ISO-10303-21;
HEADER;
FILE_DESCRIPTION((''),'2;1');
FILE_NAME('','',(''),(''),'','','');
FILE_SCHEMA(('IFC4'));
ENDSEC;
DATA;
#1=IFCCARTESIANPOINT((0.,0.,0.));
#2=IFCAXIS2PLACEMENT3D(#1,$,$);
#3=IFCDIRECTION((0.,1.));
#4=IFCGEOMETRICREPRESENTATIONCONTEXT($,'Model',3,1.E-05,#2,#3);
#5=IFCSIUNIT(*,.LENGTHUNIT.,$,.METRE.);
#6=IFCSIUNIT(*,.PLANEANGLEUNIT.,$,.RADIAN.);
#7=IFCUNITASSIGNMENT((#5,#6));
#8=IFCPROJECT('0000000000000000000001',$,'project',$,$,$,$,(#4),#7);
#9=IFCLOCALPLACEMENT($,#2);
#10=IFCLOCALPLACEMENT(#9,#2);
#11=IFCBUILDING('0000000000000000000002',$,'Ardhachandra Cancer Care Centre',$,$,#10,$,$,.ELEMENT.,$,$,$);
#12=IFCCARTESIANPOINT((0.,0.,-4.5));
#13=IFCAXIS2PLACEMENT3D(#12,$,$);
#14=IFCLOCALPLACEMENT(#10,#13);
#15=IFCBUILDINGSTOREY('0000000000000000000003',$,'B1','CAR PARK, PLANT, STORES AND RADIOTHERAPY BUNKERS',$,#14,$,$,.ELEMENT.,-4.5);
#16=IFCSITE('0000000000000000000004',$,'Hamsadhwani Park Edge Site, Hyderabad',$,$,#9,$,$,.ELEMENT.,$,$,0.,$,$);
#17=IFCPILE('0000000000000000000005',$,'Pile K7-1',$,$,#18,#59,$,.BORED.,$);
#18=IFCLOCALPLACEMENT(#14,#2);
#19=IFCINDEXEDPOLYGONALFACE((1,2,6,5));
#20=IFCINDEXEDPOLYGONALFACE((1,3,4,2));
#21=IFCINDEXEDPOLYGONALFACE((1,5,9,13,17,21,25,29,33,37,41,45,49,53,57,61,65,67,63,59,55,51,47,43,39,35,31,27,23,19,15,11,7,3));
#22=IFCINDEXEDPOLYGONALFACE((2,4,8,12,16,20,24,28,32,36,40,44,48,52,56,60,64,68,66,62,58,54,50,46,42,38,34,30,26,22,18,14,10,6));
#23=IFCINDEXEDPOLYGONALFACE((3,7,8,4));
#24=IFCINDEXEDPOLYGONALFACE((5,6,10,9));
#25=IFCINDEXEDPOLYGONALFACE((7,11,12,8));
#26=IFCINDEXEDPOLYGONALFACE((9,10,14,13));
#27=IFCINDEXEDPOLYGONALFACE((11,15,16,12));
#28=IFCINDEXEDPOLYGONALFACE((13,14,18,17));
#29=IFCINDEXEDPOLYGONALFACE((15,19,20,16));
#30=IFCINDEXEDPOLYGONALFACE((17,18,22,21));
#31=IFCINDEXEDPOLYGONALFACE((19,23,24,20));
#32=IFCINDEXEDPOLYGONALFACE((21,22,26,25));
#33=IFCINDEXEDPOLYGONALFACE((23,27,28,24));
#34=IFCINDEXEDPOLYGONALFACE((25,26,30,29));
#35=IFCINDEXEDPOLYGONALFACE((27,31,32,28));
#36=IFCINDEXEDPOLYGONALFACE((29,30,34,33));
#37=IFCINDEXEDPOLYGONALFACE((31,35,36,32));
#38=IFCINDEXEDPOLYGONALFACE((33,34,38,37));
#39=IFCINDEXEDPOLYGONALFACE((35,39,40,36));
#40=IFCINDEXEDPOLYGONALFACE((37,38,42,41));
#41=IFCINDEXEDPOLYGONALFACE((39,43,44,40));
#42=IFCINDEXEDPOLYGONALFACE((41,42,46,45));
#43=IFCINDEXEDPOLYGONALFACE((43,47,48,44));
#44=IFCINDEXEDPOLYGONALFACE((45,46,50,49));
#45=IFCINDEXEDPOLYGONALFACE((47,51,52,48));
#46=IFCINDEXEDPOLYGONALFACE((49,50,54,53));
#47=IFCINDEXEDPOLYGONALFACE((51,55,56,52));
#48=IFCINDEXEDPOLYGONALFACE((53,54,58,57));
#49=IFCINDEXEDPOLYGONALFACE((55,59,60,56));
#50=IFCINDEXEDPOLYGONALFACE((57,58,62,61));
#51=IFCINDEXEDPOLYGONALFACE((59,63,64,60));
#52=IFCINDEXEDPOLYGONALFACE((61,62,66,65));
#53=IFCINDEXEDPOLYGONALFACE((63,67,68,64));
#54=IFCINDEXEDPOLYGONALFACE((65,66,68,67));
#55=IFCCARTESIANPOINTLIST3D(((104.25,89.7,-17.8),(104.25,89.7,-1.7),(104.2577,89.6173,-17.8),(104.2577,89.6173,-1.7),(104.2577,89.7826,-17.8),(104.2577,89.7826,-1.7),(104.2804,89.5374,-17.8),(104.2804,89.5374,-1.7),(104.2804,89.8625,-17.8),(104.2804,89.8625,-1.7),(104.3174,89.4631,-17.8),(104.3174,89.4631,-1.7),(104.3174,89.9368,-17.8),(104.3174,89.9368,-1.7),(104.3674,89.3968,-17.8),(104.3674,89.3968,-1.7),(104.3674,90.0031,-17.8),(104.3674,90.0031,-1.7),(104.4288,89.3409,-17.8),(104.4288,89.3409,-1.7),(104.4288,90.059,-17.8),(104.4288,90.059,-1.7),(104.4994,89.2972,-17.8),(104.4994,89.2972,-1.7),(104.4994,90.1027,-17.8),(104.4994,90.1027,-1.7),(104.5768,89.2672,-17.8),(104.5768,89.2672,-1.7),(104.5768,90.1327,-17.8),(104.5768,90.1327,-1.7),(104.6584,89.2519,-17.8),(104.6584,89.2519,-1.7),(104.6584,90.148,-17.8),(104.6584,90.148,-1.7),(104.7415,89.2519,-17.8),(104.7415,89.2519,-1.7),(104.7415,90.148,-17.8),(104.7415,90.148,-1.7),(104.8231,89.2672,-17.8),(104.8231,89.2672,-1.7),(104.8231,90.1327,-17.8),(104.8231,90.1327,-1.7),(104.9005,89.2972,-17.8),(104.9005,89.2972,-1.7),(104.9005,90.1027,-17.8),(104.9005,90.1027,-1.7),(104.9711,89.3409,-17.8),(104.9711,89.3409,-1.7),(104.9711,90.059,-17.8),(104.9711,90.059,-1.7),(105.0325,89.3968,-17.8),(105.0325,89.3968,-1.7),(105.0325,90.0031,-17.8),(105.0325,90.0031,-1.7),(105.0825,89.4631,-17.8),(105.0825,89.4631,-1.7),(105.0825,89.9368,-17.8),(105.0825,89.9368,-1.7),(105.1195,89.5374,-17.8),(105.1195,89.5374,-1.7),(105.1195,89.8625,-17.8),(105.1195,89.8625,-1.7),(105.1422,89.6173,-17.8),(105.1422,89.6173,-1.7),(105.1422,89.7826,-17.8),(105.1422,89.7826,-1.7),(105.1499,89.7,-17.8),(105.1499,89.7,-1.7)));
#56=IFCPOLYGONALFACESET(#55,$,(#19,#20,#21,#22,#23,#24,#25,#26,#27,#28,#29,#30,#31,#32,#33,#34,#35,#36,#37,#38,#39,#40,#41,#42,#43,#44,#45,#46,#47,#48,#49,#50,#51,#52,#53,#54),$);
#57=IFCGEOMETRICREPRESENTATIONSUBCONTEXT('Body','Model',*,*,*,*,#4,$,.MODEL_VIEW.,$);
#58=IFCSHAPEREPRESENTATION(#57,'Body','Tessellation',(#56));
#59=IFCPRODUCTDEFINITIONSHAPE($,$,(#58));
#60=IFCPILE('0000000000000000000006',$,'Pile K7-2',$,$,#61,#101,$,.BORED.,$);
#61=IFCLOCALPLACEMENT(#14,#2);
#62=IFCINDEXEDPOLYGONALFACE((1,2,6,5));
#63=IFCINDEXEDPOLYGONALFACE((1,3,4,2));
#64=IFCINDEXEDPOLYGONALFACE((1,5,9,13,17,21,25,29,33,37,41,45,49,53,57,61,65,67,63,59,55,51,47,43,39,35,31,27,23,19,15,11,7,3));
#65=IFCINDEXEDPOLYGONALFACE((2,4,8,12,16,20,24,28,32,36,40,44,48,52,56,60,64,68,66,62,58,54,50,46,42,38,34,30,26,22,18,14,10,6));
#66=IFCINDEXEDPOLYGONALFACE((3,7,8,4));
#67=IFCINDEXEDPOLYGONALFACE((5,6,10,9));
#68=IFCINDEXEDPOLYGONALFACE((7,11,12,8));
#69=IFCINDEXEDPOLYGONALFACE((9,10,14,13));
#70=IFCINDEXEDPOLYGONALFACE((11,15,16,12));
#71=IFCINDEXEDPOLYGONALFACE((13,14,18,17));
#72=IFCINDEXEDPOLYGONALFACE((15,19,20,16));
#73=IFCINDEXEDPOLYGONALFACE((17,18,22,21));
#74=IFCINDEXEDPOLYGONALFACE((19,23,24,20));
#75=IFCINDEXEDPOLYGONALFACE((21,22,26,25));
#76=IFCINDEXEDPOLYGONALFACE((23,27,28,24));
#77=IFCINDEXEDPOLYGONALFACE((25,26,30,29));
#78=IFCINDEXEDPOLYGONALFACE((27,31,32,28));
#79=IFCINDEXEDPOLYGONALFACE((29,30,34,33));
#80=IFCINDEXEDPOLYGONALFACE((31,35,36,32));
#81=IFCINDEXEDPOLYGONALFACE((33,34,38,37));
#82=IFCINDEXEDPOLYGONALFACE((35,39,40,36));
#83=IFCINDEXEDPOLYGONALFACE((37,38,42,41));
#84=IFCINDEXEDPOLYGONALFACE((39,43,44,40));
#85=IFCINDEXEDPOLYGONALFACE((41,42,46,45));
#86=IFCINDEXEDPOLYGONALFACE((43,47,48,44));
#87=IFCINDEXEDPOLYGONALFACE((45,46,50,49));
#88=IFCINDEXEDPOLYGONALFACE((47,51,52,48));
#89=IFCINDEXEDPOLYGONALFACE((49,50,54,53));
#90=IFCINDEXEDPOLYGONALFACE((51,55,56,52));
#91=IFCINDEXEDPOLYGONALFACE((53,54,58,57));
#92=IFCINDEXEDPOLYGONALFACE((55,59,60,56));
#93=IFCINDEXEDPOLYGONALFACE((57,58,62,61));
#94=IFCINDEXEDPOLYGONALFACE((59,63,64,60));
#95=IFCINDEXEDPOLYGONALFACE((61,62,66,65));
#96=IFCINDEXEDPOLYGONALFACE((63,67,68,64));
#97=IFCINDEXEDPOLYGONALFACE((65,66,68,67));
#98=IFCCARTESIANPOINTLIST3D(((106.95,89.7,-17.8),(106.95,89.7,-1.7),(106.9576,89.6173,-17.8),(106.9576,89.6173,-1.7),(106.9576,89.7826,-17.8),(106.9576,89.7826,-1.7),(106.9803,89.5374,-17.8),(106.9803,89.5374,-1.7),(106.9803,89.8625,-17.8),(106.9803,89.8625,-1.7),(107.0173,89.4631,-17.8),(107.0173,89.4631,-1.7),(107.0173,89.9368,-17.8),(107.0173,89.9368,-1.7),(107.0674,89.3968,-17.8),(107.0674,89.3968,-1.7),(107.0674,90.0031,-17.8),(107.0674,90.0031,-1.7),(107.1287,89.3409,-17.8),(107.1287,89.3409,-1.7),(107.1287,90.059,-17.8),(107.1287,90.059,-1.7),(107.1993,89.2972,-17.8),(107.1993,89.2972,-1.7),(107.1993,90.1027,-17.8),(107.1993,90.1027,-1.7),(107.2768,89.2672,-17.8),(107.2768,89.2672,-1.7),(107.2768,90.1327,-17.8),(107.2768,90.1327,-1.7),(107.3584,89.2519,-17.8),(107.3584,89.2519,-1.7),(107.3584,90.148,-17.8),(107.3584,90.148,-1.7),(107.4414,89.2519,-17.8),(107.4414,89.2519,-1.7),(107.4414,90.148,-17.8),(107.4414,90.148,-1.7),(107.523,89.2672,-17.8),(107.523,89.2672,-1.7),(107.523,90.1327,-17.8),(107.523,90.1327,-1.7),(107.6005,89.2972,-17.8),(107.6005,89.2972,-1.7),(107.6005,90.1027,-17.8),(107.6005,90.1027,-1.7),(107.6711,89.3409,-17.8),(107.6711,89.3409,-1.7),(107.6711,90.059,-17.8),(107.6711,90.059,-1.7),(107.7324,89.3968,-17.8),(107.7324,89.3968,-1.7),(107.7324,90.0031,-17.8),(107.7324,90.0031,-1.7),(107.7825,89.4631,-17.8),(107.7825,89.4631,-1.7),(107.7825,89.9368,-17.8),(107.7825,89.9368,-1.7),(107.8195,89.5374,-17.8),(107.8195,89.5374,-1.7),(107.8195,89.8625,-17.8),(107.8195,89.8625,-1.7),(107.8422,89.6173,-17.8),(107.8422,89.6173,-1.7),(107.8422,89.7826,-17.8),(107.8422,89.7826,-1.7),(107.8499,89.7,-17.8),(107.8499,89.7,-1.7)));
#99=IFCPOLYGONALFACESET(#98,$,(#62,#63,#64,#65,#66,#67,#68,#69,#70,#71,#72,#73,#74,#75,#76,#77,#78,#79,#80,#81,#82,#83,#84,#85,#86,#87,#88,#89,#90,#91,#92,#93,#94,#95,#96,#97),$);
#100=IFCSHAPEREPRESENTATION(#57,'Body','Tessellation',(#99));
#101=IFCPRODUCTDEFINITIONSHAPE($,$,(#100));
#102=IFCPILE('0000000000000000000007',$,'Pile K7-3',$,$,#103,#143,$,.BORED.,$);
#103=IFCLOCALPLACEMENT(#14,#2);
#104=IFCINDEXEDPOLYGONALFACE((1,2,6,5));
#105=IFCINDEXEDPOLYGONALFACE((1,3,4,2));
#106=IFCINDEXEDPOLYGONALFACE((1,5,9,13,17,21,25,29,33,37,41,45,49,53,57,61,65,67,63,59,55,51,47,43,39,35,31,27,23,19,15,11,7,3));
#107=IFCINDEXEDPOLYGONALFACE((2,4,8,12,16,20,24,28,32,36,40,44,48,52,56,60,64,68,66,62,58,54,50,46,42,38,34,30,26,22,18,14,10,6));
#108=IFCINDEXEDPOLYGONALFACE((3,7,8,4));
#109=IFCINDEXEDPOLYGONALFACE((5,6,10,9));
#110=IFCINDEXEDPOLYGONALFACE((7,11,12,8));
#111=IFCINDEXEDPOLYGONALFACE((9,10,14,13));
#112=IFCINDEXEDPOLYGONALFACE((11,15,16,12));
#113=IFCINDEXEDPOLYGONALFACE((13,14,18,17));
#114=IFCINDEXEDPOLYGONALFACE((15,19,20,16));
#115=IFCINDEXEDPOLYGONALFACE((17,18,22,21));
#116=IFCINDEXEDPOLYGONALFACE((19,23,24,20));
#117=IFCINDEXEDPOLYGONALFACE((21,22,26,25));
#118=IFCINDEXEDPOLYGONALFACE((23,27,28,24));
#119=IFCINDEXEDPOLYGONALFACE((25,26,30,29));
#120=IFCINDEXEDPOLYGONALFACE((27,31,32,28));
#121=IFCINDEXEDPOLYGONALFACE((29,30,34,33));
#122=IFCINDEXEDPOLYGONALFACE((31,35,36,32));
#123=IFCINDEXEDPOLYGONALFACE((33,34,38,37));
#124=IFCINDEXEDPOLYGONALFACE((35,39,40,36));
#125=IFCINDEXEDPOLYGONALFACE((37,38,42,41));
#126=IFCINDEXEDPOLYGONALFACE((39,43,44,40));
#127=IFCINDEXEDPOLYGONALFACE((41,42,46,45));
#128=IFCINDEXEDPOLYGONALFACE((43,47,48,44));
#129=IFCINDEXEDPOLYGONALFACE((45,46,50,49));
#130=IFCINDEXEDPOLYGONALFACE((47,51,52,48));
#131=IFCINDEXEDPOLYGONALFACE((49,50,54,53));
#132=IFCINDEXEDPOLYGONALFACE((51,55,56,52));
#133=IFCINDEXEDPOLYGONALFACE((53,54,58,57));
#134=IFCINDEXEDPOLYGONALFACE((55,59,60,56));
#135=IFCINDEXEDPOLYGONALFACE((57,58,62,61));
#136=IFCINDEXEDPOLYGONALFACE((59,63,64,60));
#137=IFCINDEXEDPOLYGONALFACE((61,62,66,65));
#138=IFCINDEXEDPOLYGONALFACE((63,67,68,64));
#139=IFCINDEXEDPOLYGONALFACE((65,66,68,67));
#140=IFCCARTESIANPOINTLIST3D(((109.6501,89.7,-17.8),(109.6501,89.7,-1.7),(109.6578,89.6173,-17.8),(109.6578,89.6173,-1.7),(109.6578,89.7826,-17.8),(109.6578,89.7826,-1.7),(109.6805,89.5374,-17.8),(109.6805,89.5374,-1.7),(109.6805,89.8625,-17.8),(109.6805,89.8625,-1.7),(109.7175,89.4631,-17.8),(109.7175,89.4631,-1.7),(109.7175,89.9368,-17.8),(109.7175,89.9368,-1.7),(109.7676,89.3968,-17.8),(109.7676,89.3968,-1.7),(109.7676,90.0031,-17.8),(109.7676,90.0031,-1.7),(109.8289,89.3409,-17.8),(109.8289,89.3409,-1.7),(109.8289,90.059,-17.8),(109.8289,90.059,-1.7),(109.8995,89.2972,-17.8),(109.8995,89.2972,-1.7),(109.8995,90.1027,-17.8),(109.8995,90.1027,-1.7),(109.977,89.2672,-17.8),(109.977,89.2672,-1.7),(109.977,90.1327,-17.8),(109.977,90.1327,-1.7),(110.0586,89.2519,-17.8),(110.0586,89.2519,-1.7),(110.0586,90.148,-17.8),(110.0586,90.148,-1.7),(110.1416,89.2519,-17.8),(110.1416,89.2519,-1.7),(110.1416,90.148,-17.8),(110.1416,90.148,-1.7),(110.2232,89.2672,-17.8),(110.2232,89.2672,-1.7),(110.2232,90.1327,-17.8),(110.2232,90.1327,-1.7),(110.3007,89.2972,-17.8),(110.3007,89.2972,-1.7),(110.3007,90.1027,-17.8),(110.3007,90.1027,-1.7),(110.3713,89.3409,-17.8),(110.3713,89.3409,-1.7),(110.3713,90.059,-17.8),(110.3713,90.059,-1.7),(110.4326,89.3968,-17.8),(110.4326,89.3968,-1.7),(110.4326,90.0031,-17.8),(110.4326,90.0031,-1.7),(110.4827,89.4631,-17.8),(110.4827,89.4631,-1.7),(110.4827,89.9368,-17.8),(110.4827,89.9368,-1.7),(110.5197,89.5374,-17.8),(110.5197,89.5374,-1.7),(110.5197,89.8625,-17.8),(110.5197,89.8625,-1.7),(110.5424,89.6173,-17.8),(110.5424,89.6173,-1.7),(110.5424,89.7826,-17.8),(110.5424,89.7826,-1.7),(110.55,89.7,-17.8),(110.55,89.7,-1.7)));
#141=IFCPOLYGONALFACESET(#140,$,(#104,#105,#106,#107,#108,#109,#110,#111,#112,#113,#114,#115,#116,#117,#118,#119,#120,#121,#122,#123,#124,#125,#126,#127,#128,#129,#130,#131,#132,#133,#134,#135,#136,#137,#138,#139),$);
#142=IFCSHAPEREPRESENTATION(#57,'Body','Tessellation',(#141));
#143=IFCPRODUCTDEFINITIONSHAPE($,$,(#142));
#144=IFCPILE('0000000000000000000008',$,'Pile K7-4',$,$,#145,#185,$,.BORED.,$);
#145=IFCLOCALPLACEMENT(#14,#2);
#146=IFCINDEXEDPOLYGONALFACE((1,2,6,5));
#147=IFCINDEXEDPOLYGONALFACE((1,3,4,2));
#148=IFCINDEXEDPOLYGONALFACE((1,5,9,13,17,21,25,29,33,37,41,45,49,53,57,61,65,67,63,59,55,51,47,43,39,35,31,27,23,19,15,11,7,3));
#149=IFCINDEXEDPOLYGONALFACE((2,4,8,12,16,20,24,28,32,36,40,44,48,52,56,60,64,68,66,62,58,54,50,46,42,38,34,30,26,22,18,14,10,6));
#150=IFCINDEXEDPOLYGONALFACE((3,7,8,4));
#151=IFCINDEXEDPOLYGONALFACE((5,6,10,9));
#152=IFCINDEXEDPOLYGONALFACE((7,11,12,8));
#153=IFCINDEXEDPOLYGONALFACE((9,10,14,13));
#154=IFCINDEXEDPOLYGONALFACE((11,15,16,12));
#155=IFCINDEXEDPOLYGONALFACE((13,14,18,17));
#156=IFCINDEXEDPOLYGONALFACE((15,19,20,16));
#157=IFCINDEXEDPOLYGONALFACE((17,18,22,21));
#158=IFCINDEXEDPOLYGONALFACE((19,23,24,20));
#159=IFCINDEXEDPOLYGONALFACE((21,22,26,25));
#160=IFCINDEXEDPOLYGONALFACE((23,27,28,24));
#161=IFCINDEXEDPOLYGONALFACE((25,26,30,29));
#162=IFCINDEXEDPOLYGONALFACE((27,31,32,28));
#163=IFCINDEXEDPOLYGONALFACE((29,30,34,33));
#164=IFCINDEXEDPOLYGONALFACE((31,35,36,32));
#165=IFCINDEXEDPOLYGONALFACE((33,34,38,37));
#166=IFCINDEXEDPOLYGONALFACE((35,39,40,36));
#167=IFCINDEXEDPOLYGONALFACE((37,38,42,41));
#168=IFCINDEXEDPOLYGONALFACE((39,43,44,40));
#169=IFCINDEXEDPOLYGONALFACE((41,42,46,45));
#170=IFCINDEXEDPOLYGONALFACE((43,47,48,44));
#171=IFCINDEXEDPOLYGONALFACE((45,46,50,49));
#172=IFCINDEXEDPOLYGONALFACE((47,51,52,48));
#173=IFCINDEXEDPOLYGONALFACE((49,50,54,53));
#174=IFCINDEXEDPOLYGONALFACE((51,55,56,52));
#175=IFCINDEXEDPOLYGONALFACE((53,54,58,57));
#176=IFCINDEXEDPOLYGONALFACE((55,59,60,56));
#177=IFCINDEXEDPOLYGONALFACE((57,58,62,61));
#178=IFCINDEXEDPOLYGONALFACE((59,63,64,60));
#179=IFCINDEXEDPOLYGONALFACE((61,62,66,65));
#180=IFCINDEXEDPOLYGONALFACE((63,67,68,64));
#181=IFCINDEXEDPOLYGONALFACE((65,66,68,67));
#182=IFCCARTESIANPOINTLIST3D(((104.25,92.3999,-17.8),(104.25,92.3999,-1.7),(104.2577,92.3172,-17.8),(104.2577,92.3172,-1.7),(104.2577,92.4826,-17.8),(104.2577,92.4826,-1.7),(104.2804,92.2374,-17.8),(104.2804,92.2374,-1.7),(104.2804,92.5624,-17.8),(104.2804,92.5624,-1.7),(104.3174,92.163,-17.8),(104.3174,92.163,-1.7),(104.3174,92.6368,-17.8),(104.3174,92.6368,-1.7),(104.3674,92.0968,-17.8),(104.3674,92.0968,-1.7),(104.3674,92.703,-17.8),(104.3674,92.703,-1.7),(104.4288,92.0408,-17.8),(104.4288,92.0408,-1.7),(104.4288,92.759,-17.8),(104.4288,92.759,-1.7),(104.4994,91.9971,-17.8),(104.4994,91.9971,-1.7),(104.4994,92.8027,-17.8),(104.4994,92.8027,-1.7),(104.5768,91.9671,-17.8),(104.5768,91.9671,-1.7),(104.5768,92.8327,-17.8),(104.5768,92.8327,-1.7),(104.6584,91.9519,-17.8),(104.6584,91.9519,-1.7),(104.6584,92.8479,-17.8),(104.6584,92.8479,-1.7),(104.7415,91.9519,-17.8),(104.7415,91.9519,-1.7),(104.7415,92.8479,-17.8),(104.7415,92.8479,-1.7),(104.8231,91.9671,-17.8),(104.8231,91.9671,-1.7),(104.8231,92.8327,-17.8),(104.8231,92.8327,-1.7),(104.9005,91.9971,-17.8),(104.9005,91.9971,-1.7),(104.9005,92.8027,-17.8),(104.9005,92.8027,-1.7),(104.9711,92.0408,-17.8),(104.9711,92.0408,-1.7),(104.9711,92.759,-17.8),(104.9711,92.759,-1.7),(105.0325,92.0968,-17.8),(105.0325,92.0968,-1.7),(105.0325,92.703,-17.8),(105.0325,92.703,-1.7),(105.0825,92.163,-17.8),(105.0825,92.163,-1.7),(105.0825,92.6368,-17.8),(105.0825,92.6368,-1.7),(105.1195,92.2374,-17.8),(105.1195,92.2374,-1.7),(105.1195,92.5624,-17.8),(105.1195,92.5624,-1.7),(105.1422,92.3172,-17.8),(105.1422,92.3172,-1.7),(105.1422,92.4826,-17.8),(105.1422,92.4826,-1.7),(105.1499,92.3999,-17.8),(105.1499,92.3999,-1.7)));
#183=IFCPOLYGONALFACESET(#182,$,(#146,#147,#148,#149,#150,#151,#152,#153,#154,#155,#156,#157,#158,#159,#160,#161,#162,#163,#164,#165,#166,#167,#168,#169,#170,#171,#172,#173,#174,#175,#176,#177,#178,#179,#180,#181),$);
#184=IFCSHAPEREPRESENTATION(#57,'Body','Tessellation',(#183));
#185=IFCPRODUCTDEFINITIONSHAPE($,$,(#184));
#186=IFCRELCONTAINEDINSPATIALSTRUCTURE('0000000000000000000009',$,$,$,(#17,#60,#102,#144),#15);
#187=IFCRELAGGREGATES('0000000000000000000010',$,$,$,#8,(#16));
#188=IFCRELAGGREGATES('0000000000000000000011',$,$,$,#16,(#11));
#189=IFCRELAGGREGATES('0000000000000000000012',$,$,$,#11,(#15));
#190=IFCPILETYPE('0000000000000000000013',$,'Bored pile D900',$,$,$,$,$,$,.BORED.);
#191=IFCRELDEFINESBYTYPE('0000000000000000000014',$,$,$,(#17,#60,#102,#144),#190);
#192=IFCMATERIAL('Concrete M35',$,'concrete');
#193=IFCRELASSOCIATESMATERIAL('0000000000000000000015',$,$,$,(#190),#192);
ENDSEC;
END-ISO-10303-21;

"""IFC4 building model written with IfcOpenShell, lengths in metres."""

from ifc_helpers import new_model, si_unit, direction, frame, origin, origin_2d, place, context, subcontext, project, spatial, circle, extrude, material, material_profile, profile_set, type_object, element, save


model = new_model("IFC4")

# Units and contexts
model_context = context("Model", 3, precision=1e-05, world=origin(), true_north=direction((0.0, 1.0)))
body_context = subcontext(model_context, "Body", "Model", "MODEL_VIEW")
ifc_project = project(units=[si_unit("LENGTHUNIT", "METRE"), si_unit("PLANEANGLEUNIT", "RADIAN")], contexts=[model_context])

# Site, building, storey
site_placement = place(None, origin())
site = spatial("IfcSite", under=ifc_project, at=site_placement, Name="Hamsadhwani Park Edge Site, Hyderabad", CompositionType="ELEMENT", RefElevation=0.0)
building_placement = place(site_placement, origin())
building = spatial("IfcBuilding", under=site, at=building_placement, Name="Ardhachandra Cancer Care Centre", CompositionType="ELEMENT")
storey_placement = place(building_placement, frame((0.0, 0.0, -4.5)))
storey = spatial("IfcBuildingStorey", under=building, at=storey_placement, Name="B1", Description="CAR PARK, PLANT, STORES AND RADIOTHERAPY BUNKERS", CompositionType="ELEMENT", Elevation=-4.5)

# Piles
ifc_material_1 = material(Name="Concrete M35", Category="concrete")
ifc_material_profile = material_profile(ifc_material_1, circle(Radius=0.45, at=origin_2d()), Name="D900")
ifc_profile_set = profile_set([ifc_material_profile], Name="Concrete M35")
pile_type = type_object("IfcPileType", Name="Bored pile D900", PredefinedType="BORED", material=ifc_profile_set)
for number, where, z_axis, x_axis, name in (
    (1, (104.7, 89.7, -1.7), (0.0, 0.0, -1.0), (1.0, 0.0, 0.0), "Pile K7-1"),
    (2, (107.3999, 89.7, -1.7), (0.0, 0.0, -1.0), (1.0, 0.0, 0.0), "Pile K7-2"),
    (3, (110.1001, 89.7, -1.7), (0.0, 0.0, -1.0), (1.0, 0.0, 0.0), "Pile K7-3"),
    (4, (104.7, 92.3999, -1.7), (0.0, 0.0, -1.0), (1.0, 0.0, 0.0), "Pile K7-4"),
):
    element("IfcPile", number, at=place(storey_placement, frame(where, z_axis=z_axis, x_axis=x_axis)), inside=storey, type_object=pile_type, Name=name, PredefinedType="BORED", context=body_context, shape_type="SweptSolid", body=[
        extrude(circle(Radius=0.45, at=origin_2d()), origin(), (0.0, 0.0, 1.0), 16.1001),
    ])

save(model, "model.ifc")
